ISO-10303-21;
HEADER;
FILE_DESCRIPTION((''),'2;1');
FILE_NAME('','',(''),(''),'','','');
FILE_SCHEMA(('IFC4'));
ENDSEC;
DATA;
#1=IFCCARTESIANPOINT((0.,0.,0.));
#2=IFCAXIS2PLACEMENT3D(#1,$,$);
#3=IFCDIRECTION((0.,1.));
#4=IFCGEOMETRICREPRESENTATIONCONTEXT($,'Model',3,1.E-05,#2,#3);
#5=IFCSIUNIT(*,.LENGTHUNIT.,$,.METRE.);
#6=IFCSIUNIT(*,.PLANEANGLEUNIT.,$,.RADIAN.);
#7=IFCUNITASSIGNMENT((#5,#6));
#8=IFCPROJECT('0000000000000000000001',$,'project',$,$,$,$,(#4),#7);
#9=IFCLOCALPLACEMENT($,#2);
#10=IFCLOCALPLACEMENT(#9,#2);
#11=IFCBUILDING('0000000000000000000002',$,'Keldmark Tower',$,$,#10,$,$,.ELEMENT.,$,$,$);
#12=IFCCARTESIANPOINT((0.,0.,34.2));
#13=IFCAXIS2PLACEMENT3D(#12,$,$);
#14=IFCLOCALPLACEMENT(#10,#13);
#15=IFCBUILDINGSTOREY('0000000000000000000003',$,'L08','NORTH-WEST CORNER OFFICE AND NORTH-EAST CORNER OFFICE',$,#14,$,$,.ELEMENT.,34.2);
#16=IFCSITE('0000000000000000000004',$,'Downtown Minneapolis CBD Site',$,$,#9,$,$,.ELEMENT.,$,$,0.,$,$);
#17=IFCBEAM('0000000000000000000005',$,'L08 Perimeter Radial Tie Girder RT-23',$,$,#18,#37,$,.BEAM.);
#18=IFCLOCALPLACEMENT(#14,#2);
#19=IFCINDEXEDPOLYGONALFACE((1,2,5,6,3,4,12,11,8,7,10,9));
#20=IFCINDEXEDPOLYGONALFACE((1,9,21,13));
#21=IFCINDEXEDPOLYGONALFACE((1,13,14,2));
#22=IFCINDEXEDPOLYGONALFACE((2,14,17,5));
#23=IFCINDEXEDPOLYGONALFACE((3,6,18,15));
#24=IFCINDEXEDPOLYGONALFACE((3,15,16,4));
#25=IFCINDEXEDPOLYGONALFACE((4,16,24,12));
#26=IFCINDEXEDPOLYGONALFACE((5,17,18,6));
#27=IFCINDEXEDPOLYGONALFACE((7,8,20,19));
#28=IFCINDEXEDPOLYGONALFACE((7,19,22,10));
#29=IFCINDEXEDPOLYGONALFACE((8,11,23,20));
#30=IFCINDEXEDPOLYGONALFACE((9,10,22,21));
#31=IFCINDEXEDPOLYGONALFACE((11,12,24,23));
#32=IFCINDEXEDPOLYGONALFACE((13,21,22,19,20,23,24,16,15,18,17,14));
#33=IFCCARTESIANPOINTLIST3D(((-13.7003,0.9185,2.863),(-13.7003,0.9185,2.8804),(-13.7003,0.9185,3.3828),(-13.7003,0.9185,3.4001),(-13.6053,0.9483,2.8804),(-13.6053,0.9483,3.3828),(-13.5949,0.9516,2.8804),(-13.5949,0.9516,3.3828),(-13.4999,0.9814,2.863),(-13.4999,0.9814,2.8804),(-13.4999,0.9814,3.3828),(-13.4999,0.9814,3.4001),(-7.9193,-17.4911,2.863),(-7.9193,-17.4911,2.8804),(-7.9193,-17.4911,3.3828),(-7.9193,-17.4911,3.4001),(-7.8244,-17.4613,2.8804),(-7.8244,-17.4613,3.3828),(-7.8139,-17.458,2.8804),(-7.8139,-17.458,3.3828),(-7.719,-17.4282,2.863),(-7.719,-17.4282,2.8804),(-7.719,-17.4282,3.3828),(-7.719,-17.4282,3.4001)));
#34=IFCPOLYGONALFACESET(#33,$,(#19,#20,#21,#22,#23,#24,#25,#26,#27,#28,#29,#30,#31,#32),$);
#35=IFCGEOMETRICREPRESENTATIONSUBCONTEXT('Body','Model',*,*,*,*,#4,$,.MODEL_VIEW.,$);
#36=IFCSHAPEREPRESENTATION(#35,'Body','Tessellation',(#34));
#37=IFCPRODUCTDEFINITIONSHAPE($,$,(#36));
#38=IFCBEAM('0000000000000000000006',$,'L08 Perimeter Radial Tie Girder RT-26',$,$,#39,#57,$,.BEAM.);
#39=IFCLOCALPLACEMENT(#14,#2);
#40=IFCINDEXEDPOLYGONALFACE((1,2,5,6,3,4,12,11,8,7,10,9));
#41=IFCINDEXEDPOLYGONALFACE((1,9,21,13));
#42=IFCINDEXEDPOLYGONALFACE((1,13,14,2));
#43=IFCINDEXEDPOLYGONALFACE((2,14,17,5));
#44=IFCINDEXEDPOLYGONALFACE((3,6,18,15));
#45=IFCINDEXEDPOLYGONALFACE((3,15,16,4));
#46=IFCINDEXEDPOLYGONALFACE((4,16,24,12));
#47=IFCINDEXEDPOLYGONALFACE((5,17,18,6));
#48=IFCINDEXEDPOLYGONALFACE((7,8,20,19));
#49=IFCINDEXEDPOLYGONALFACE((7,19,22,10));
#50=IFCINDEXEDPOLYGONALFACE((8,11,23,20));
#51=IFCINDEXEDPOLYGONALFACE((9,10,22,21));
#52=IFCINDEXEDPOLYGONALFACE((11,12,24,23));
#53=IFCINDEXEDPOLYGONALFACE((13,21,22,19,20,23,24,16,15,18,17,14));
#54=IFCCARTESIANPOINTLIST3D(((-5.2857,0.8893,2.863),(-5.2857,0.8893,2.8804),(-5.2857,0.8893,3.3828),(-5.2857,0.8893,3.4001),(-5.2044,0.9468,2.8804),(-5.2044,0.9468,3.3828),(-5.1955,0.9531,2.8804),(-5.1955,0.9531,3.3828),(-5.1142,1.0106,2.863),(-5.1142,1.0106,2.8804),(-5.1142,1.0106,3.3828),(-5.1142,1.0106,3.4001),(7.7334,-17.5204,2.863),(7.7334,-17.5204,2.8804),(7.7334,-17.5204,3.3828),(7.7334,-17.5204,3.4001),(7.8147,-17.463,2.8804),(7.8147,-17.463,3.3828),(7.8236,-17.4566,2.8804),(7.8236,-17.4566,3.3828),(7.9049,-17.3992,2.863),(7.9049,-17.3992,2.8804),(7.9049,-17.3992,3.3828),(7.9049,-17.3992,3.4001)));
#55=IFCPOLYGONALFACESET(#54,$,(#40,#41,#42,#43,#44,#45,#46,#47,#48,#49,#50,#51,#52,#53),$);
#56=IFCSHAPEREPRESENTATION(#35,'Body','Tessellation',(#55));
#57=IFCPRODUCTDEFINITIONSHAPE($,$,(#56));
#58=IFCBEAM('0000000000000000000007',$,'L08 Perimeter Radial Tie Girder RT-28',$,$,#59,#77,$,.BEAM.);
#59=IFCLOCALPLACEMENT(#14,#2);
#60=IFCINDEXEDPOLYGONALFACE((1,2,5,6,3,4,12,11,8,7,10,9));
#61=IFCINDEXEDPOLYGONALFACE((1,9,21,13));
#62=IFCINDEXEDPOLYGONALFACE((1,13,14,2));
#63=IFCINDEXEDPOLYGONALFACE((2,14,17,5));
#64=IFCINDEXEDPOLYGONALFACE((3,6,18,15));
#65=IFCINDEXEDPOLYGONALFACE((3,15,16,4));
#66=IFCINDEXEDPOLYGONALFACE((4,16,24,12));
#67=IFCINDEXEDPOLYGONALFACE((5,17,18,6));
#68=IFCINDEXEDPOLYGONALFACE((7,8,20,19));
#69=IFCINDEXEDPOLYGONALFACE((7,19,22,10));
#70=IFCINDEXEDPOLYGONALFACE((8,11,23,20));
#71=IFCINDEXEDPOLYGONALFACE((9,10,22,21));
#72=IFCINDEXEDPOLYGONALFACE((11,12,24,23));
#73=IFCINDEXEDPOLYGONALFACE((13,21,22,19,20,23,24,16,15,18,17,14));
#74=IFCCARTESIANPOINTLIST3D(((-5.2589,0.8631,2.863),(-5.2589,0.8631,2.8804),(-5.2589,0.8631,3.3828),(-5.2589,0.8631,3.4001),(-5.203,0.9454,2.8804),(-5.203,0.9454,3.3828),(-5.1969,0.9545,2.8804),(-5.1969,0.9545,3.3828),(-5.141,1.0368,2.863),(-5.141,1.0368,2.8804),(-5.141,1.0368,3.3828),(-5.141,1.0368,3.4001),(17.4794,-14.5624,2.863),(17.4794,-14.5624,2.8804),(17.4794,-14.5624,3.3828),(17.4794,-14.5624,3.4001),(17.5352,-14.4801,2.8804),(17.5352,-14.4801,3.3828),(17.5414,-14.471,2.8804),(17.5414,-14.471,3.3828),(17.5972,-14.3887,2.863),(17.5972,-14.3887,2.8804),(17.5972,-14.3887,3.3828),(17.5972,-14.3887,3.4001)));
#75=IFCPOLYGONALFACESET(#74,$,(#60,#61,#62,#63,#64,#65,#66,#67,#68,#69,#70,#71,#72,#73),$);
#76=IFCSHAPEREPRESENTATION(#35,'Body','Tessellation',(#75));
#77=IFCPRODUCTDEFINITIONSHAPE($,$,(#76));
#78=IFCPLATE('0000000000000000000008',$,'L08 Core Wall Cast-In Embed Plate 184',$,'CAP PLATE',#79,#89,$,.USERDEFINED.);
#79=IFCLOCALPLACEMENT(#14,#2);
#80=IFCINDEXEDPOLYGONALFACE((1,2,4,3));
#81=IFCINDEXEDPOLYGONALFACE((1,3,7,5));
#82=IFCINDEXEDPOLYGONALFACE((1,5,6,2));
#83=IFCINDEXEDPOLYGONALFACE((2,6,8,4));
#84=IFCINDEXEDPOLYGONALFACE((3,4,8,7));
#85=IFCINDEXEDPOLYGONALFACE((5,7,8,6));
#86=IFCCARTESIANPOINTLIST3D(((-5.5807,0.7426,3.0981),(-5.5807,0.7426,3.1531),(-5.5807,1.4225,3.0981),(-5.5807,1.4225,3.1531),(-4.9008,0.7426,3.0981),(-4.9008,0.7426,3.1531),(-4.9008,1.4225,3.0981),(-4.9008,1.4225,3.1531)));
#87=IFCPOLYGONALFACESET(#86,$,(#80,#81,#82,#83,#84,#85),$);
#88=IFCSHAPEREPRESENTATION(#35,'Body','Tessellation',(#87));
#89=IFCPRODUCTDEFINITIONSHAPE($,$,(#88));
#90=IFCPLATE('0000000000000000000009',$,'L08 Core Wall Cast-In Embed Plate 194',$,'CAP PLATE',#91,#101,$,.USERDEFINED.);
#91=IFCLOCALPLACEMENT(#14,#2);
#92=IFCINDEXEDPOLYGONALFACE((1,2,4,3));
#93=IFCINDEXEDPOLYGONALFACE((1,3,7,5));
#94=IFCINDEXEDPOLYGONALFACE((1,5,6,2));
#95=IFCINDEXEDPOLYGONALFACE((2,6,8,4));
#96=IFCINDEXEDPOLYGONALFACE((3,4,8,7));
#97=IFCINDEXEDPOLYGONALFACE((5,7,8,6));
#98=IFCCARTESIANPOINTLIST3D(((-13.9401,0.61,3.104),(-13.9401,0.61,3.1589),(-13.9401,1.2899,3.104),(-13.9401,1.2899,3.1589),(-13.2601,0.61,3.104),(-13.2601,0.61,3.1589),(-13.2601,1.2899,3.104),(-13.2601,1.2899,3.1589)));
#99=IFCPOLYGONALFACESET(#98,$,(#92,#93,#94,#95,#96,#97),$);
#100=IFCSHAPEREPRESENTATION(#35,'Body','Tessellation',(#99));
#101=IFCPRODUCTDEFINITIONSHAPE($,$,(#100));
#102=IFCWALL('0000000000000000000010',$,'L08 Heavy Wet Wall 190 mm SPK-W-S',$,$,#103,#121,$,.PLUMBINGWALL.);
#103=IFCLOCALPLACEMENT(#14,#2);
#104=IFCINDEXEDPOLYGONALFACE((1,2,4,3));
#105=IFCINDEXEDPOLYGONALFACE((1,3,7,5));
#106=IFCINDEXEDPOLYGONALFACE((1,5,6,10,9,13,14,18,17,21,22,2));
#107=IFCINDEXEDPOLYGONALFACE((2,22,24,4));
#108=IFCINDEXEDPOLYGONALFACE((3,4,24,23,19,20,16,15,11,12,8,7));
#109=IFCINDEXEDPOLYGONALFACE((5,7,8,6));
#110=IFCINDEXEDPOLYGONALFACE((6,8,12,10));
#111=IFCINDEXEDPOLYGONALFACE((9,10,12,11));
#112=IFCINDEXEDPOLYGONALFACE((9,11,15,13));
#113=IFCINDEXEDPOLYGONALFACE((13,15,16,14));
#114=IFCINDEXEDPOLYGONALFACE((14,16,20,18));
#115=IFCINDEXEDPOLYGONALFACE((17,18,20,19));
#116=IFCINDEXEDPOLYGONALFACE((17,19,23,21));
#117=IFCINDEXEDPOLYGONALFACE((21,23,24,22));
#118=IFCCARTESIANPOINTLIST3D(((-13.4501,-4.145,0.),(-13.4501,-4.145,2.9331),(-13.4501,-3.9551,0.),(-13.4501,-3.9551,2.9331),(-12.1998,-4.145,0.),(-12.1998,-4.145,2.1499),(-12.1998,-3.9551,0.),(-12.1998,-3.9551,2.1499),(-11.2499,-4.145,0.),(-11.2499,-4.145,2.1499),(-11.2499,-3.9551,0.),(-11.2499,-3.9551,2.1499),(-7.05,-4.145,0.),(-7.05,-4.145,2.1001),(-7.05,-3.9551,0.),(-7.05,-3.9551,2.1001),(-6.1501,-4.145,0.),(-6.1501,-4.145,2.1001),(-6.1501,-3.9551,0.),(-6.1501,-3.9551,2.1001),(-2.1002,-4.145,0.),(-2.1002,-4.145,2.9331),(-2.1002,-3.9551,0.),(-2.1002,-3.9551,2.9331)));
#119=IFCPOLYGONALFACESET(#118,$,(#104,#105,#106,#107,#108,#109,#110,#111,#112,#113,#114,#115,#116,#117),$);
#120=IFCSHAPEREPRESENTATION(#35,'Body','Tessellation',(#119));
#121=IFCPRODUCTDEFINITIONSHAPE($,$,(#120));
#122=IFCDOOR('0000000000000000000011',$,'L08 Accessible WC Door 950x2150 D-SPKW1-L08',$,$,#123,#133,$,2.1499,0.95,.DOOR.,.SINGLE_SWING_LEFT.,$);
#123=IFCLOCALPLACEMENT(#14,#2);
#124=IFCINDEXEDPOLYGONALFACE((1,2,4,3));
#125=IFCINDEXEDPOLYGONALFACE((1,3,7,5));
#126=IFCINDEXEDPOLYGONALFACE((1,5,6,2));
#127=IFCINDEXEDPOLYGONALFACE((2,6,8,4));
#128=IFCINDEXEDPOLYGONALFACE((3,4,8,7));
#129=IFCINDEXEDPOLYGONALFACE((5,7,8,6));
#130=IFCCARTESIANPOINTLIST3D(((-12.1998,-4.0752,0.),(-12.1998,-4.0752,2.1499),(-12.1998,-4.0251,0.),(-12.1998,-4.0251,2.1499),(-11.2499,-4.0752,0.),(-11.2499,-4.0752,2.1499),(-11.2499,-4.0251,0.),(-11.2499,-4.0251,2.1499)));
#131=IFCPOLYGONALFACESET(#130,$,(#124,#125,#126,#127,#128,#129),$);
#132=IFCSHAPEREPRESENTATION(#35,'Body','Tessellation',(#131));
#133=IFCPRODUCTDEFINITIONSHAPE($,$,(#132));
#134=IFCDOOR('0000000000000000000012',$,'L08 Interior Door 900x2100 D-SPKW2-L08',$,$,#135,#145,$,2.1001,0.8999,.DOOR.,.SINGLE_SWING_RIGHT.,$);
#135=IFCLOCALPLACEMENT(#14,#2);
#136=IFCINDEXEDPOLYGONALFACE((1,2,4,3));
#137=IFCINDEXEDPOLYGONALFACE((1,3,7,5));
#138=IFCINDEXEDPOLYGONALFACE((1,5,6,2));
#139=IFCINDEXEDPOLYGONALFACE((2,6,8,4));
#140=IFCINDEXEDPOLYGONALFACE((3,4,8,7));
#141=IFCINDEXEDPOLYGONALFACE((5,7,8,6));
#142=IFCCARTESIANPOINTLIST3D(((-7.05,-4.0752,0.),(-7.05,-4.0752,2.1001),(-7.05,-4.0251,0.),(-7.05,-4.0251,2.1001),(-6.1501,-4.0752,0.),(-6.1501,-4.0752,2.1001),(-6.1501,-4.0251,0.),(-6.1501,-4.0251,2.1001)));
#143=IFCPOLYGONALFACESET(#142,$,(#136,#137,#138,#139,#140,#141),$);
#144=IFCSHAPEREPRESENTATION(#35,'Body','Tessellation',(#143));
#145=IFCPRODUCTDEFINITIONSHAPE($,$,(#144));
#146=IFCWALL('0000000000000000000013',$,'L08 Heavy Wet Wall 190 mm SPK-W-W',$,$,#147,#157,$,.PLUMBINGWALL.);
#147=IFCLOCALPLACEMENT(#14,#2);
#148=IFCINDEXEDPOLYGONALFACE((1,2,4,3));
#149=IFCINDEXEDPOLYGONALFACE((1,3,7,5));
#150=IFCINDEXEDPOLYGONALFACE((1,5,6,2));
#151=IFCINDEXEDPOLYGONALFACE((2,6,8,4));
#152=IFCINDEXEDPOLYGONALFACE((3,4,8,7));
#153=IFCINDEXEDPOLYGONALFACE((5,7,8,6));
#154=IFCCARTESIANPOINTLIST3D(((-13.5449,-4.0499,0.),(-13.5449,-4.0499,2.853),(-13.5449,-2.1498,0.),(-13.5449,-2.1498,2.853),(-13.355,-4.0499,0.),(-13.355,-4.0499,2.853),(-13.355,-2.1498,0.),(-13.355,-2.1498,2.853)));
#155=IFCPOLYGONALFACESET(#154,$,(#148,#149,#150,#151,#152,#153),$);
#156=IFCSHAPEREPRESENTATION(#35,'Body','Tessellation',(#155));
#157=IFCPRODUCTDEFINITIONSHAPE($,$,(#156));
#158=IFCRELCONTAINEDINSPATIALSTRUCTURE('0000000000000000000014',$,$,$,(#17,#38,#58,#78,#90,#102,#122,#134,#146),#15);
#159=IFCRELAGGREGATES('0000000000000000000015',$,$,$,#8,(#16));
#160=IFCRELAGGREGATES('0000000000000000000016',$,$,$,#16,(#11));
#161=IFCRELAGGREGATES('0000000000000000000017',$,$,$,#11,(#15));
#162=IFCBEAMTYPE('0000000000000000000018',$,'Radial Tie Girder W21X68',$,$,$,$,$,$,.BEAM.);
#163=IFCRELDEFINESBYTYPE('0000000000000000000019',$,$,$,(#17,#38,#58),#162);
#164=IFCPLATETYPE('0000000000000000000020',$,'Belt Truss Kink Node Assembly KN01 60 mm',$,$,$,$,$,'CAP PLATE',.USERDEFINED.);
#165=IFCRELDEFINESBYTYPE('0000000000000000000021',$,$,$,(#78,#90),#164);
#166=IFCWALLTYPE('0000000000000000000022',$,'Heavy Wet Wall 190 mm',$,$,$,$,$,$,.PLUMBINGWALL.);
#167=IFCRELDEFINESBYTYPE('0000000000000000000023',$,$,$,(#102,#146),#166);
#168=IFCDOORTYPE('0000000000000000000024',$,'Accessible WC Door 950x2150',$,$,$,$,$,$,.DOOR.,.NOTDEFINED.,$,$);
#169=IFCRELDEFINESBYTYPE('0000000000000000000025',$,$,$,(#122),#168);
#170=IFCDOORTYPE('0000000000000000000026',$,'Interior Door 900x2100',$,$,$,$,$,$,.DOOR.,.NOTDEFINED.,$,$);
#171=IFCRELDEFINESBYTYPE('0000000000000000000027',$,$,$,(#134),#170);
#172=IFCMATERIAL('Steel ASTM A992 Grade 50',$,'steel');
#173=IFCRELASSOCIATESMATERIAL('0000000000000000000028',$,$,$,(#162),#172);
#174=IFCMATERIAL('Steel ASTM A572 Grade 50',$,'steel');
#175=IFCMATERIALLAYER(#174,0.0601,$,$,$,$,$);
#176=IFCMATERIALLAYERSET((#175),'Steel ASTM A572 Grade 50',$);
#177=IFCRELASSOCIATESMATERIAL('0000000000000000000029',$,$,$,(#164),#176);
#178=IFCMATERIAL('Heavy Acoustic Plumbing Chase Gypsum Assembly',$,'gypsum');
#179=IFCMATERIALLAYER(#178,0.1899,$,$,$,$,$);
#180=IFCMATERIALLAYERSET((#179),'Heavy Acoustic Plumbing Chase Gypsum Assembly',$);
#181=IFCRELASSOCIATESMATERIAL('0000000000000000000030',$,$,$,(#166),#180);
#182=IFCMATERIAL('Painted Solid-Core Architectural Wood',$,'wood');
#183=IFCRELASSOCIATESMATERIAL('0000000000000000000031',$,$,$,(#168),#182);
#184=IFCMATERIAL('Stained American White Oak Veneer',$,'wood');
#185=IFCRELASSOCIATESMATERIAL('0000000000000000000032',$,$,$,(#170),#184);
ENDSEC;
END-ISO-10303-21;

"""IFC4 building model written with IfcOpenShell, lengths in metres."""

from ifc_helpers import new_model, si_unit, direction, frame, frame_2d, origin, origin_2d, place, context, subcontext, project, spatial, rectangle, i_section, extrude, material, layer, layer_set, material_profile, profile_set, type_object, element, fill, save


model = new_model("IFC4")

# Units and contexts
model_context = context("Model", 3, precision=1e-05, world=origin(), true_north=direction((0.0, 1.0)))
body_context = subcontext(model_context, "Body", "Model", "MODEL_VIEW")
ifc_project = project(units=[si_unit("LENGTHUNIT", "METRE"), si_unit("PLANEANGLEUNIT", "RADIAN")], contexts=[model_context])

# Site, building, storey
site_placement = place(None, origin())
site = spatial("IfcSite", under=ifc_project, at=site_placement, Name="Downtown Minneapolis CBD Site", CompositionType="ELEMENT", RefElevation=0.0)
building_placement = place(site_placement, origin())
building = spatial("IfcBuilding", under=site, at=building_placement, Name="Keldmark Tower", CompositionType="ELEMENT")
storey_placement = place(building_placement, frame((0.0, 0.0, 34.2)))
storey = spatial("IfcBuildingStorey", under=building, at=storey_placement, Name="L08", Description="NORTH-WEST CORNER OFFICE AND NORTH-EAST CORNER OFFICE", CompositionType="ELEMENT", Elevation=34.2)

# Beams
ifc_material_1 = material(Name="Steel ASTM A992 Grade 50", Category="steel")
ifc_material_profile_1 = material_profile(ifc_material_1, i_section(OverallWidth=0.21, OverallDepth=0.5371, WebThickness=0.011, FlangeThickness=0.0173, at=origin_2d()), Name="W21X68")
ifc_profile_set_1 = profile_set([ifc_material_profile_1], Name="Steel ASTM A992 Grade 50")
beam_type_1 = type_object("IfcBeamType", Name="Radial Tie Girder W21X68", PredefinedType="BEAM", material=ifc_profile_set_1)
beam_1_placement = place(storey_placement, frame((-13.6001, 0.95, 3.1316), z_axis=(0.299596, -0.954066, 0.0), x_axis=(0.954066, 0.299596, 0.0)))
element("IfcBeam", 1, at=beam_1_placement, inside=storey, type_object=beam_type_1, Name="L08 Perimeter Radial Tie Girder RT-23", PredefinedType="BEAM", context=body_context, shape_type="SweptSolid", body=[
    extrude(i_section(OverallWidth=0.21, OverallDepth=0.5371, WebThickness=0.011, FlangeThickness=0.0173, at=origin_2d()), origin(), (0.0, 0.0, 1.0), 19.2959),
])
beam_2_placement = place(storey_placement, frame((-5.2, 0.95, 3.1316), z_axis=(0.577393, -0.816466, 0.0), x_axis=(0.816466, 0.577393, 0.0)))
element("IfcBeam", 2, at=beam_2_placement, inside=storey, type_object=beam_type_1, Name="L08 Perimeter Radial Tie Girder RT-26", PredefinedType="BEAM", context=body_context, shape_type="SweptSolid", body=[
    extrude(i_section(OverallWidth=0.21, OverallDepth=0.5371, WebThickness=0.011, FlangeThickness=0.0173, at=origin_2d()), origin(), (0.0, 0.0, 1.0), 22.5481),
])
beam_3_placement = place(storey_placement, frame((-5.2, 0.95, 3.1316), z_axis=(0.827544, -0.561401, 0.0), x_axis=(0.561401, 0.827544, 0.0)))
element("IfcBeam", 3, at=beam_3_placement, inside=storey, type_object=beam_type_1, Name="L08 Perimeter Radial Tie Girder RT-28", PredefinedType="BEAM", context=body_context, shape_type="SweptSolid", body=[
    extrude(i_section(OverallWidth=0.21, OverallDepth=0.5371, WebThickness=0.011, FlangeThickness=0.0173, at=origin_2d()), origin(), (0.0, 0.0, 1.0), 27.4768),
])

# Plates
ifc_material_2 = material(Name="Steel ASTM A572 Grade 50", Category="steel")
ifc_layer_1 = layer(ifc_material_2, 0.0601)
ifc_layer_set_1 = layer_set([ifc_layer_1], Name="Steel ASTM A572 Grade 50")
plate_type = type_object("IfcPlateType", Name="Belt Truss Kink Node Assembly KN01 60 mm", ElementType="CAP PLATE", PredefinedType="USERDEFINED", material=ifc_layer_set_1)
for number, where, z_axis, x_axis, name in (
    (4, (-5.2407, 1.0825, 3.0981), (0.0, 0.0, 1.0), (1.0, 0.0, 0.0), "L08 Core Wall Cast-In Embed Plate 184"),
    (5, (-13.6001, 0.95, 3.104), (0.0, 0.0, 1.0), (1.0, 0.0, 0.0), "L08 Core Wall Cast-In Embed Plate 194"),
):
    element("IfcPlate", number, at=place(storey_placement, frame(where, z_axis=z_axis, x_axis=x_axis)), inside=storey, type_object=plate_type, Name=name, ObjectType="CAP PLATE", PredefinedType="USERDEFINED", context=body_context, shape_type="SweptSolid", body=[
        extrude(rectangle(XDim=0.6799, YDim=0.6799, at=origin_2d()), origin(), (0.0, 0.0, 1.0), 0.0549),
    ])

# Wall, openings, doors
ifc_material_3 = material(Name="Heavy Acoustic Plumbing Chase Gypsum Assembly", Category="gypsum")
ifc_layer_2 = layer(ifc_material_3, 0.1899)
ifc_layer_set_2 = layer_set([ifc_layer_2], Name="Heavy Acoustic Plumbing Chase Gypsum Assembly")
wall_type_1 = type_object("IfcWallType", Name="Heavy Wet Wall 190 mm", PredefinedType="PLUMBINGWALL", material=ifc_layer_set_2)
wall_1_placement = place(storey_placement, frame((-13.45, -4.05, 0.0), z_axis=(0.0, 0.0, 1.0), x_axis=(1.0, 0.0, 0.0)))
wall_1 = element("IfcWall", 6, at=wall_1_placement, inside=storey, type_object=wall_type_1, Name="L08 Heavy Wet Wall 190 mm SPK-W-S", PredefinedType="PLUMBINGWALL", context=body_context, shape_type="SweptSolid", body=[
    extrude(rectangle(XDim=11.3499, YDim=0.1899, at=frame_2d((5.6748, 0.0))), origin(), (0.0, 0.0, 1.0), 2.9331),
])
opening_1_placement = place(wall_1_placement, frame((1.25, 0.0, 0.0)))
opening_1 = element("IfcOpeningElement", 7, at=opening_1_placement, cuts=wall_1, PredefinedType="OPENING", context=body_context, shape_type="SweptSolid", body=[
    extrude(rectangle(XDim=0.95, YDim=2.1499, at=frame_2d((0.4751, 1.075))), frame((0.0, 0.105, 0.0), z_axis=(0.0, -1.0, 0.0), x_axis=(1.0, 0.0, 0.0)), (0.0, 0.0, 1.0), 0.21),
])
opening_2_placement = place(wall_1_placement, frame((6.3999, 0.0, 0.0)))
opening_2 = element("IfcOpeningElement", 8, at=opening_2_placement, cuts=wall_1, PredefinedType="OPENING", context=body_context, shape_type="SweptSolid", body=[
    extrude(rectangle(XDim=0.8999, YDim=2.1001, at=frame_2d((0.45, 1.05))), frame((0.0, 0.105, 0.0), z_axis=(0.0, -1.0, 0.0), x_axis=(1.0, 0.0, 0.0)), (0.0, 0.0, 1.0), 0.21),
])
ifc_material_4 = material(Name="Painted Solid-Core Architectural Wood", Category="wood")
door_type_1 = type_object("IfcDoorType", Name="Accessible WC Door 950x2150", OperationType="NOTDEFINED", PredefinedType="DOOR", material=ifc_material_4)
door_1_placement = place(opening_1_placement, origin())
door_1 = element("IfcDoor", 9, at=door_1_placement, inside=storey, type_object=door_type_1, Name="L08 Accessible WC Door 950x2150 D-SPKW1-L08", OperationType="SINGLE_SWING_LEFT", OverallHeight=2.1499, OverallWidth=0.95, PredefinedType="DOOR", context=body_context, shape_type="SweptSolid", body=[
    extrude(rectangle(XDim=0.95, YDim=2.1499, at=frame_2d((0.4751, 1.075))), frame((0.0, 0.0249, 0.0), z_axis=(0.0, -1.0, 0.0), x_axis=(1.0, 0.0, 0.0)), (0.0, 0.0, 1.0), 0.05),
])
fill(opening_1, door_1)
ifc_material_5 = material(Name="Stained American White Oak Veneer", Category="wood")
door_type_2 = type_object("IfcDoorType", Name="Interior Door 900x2100", OperationType="NOTDEFINED", PredefinedType="DOOR", material=ifc_material_5)
door_2_placement = place(opening_2_placement, origin())
door_2 = element("IfcDoor", 10, at=door_2_placement, inside=storey, type_object=door_type_2, Name="L08 Interior Door 900x2100 D-SPKW2-L08", OperationType="SINGLE_SWING_RIGHT", OverallHeight=2.1001, OverallWidth=0.8999, PredefinedType="DOOR", context=body_context, shape_type="SweptSolid", body=[
    extrude(rectangle(XDim=0.8999, YDim=2.1001, at=frame_2d((0.45, 1.05))), frame((0.0, 0.0249, 0.0), z_axis=(0.0, -1.0, 0.0), x_axis=(1.0, 0.0, 0.0)), (0.0, 0.0, 1.0), 0.05),
])
fill(opening_2, door_2)

# Wall
wall_2_placement = place(storey_placement, frame((-13.45, -4.05, 0.0), z_axis=(0.0, 0.0, 1.0), x_axis=(0.0, 1.0, 0.0)))
element("IfcWall", 11, at=wall_2_placement, inside=storey, type_object=wall_type_1, Name="L08 Heavy Wet Wall 190 mm SPK-W-W", PredefinedType="PLUMBINGWALL", context=body_context, shape_type="SweptSolid", body=[
    extrude(rectangle(XDim=1.9001, YDim=0.1899, at=frame_2d((0.9502, 0.0))), origin(), (0.0, 0.0, 1.0), 2.853),
])

save(model, "model.ifc")
